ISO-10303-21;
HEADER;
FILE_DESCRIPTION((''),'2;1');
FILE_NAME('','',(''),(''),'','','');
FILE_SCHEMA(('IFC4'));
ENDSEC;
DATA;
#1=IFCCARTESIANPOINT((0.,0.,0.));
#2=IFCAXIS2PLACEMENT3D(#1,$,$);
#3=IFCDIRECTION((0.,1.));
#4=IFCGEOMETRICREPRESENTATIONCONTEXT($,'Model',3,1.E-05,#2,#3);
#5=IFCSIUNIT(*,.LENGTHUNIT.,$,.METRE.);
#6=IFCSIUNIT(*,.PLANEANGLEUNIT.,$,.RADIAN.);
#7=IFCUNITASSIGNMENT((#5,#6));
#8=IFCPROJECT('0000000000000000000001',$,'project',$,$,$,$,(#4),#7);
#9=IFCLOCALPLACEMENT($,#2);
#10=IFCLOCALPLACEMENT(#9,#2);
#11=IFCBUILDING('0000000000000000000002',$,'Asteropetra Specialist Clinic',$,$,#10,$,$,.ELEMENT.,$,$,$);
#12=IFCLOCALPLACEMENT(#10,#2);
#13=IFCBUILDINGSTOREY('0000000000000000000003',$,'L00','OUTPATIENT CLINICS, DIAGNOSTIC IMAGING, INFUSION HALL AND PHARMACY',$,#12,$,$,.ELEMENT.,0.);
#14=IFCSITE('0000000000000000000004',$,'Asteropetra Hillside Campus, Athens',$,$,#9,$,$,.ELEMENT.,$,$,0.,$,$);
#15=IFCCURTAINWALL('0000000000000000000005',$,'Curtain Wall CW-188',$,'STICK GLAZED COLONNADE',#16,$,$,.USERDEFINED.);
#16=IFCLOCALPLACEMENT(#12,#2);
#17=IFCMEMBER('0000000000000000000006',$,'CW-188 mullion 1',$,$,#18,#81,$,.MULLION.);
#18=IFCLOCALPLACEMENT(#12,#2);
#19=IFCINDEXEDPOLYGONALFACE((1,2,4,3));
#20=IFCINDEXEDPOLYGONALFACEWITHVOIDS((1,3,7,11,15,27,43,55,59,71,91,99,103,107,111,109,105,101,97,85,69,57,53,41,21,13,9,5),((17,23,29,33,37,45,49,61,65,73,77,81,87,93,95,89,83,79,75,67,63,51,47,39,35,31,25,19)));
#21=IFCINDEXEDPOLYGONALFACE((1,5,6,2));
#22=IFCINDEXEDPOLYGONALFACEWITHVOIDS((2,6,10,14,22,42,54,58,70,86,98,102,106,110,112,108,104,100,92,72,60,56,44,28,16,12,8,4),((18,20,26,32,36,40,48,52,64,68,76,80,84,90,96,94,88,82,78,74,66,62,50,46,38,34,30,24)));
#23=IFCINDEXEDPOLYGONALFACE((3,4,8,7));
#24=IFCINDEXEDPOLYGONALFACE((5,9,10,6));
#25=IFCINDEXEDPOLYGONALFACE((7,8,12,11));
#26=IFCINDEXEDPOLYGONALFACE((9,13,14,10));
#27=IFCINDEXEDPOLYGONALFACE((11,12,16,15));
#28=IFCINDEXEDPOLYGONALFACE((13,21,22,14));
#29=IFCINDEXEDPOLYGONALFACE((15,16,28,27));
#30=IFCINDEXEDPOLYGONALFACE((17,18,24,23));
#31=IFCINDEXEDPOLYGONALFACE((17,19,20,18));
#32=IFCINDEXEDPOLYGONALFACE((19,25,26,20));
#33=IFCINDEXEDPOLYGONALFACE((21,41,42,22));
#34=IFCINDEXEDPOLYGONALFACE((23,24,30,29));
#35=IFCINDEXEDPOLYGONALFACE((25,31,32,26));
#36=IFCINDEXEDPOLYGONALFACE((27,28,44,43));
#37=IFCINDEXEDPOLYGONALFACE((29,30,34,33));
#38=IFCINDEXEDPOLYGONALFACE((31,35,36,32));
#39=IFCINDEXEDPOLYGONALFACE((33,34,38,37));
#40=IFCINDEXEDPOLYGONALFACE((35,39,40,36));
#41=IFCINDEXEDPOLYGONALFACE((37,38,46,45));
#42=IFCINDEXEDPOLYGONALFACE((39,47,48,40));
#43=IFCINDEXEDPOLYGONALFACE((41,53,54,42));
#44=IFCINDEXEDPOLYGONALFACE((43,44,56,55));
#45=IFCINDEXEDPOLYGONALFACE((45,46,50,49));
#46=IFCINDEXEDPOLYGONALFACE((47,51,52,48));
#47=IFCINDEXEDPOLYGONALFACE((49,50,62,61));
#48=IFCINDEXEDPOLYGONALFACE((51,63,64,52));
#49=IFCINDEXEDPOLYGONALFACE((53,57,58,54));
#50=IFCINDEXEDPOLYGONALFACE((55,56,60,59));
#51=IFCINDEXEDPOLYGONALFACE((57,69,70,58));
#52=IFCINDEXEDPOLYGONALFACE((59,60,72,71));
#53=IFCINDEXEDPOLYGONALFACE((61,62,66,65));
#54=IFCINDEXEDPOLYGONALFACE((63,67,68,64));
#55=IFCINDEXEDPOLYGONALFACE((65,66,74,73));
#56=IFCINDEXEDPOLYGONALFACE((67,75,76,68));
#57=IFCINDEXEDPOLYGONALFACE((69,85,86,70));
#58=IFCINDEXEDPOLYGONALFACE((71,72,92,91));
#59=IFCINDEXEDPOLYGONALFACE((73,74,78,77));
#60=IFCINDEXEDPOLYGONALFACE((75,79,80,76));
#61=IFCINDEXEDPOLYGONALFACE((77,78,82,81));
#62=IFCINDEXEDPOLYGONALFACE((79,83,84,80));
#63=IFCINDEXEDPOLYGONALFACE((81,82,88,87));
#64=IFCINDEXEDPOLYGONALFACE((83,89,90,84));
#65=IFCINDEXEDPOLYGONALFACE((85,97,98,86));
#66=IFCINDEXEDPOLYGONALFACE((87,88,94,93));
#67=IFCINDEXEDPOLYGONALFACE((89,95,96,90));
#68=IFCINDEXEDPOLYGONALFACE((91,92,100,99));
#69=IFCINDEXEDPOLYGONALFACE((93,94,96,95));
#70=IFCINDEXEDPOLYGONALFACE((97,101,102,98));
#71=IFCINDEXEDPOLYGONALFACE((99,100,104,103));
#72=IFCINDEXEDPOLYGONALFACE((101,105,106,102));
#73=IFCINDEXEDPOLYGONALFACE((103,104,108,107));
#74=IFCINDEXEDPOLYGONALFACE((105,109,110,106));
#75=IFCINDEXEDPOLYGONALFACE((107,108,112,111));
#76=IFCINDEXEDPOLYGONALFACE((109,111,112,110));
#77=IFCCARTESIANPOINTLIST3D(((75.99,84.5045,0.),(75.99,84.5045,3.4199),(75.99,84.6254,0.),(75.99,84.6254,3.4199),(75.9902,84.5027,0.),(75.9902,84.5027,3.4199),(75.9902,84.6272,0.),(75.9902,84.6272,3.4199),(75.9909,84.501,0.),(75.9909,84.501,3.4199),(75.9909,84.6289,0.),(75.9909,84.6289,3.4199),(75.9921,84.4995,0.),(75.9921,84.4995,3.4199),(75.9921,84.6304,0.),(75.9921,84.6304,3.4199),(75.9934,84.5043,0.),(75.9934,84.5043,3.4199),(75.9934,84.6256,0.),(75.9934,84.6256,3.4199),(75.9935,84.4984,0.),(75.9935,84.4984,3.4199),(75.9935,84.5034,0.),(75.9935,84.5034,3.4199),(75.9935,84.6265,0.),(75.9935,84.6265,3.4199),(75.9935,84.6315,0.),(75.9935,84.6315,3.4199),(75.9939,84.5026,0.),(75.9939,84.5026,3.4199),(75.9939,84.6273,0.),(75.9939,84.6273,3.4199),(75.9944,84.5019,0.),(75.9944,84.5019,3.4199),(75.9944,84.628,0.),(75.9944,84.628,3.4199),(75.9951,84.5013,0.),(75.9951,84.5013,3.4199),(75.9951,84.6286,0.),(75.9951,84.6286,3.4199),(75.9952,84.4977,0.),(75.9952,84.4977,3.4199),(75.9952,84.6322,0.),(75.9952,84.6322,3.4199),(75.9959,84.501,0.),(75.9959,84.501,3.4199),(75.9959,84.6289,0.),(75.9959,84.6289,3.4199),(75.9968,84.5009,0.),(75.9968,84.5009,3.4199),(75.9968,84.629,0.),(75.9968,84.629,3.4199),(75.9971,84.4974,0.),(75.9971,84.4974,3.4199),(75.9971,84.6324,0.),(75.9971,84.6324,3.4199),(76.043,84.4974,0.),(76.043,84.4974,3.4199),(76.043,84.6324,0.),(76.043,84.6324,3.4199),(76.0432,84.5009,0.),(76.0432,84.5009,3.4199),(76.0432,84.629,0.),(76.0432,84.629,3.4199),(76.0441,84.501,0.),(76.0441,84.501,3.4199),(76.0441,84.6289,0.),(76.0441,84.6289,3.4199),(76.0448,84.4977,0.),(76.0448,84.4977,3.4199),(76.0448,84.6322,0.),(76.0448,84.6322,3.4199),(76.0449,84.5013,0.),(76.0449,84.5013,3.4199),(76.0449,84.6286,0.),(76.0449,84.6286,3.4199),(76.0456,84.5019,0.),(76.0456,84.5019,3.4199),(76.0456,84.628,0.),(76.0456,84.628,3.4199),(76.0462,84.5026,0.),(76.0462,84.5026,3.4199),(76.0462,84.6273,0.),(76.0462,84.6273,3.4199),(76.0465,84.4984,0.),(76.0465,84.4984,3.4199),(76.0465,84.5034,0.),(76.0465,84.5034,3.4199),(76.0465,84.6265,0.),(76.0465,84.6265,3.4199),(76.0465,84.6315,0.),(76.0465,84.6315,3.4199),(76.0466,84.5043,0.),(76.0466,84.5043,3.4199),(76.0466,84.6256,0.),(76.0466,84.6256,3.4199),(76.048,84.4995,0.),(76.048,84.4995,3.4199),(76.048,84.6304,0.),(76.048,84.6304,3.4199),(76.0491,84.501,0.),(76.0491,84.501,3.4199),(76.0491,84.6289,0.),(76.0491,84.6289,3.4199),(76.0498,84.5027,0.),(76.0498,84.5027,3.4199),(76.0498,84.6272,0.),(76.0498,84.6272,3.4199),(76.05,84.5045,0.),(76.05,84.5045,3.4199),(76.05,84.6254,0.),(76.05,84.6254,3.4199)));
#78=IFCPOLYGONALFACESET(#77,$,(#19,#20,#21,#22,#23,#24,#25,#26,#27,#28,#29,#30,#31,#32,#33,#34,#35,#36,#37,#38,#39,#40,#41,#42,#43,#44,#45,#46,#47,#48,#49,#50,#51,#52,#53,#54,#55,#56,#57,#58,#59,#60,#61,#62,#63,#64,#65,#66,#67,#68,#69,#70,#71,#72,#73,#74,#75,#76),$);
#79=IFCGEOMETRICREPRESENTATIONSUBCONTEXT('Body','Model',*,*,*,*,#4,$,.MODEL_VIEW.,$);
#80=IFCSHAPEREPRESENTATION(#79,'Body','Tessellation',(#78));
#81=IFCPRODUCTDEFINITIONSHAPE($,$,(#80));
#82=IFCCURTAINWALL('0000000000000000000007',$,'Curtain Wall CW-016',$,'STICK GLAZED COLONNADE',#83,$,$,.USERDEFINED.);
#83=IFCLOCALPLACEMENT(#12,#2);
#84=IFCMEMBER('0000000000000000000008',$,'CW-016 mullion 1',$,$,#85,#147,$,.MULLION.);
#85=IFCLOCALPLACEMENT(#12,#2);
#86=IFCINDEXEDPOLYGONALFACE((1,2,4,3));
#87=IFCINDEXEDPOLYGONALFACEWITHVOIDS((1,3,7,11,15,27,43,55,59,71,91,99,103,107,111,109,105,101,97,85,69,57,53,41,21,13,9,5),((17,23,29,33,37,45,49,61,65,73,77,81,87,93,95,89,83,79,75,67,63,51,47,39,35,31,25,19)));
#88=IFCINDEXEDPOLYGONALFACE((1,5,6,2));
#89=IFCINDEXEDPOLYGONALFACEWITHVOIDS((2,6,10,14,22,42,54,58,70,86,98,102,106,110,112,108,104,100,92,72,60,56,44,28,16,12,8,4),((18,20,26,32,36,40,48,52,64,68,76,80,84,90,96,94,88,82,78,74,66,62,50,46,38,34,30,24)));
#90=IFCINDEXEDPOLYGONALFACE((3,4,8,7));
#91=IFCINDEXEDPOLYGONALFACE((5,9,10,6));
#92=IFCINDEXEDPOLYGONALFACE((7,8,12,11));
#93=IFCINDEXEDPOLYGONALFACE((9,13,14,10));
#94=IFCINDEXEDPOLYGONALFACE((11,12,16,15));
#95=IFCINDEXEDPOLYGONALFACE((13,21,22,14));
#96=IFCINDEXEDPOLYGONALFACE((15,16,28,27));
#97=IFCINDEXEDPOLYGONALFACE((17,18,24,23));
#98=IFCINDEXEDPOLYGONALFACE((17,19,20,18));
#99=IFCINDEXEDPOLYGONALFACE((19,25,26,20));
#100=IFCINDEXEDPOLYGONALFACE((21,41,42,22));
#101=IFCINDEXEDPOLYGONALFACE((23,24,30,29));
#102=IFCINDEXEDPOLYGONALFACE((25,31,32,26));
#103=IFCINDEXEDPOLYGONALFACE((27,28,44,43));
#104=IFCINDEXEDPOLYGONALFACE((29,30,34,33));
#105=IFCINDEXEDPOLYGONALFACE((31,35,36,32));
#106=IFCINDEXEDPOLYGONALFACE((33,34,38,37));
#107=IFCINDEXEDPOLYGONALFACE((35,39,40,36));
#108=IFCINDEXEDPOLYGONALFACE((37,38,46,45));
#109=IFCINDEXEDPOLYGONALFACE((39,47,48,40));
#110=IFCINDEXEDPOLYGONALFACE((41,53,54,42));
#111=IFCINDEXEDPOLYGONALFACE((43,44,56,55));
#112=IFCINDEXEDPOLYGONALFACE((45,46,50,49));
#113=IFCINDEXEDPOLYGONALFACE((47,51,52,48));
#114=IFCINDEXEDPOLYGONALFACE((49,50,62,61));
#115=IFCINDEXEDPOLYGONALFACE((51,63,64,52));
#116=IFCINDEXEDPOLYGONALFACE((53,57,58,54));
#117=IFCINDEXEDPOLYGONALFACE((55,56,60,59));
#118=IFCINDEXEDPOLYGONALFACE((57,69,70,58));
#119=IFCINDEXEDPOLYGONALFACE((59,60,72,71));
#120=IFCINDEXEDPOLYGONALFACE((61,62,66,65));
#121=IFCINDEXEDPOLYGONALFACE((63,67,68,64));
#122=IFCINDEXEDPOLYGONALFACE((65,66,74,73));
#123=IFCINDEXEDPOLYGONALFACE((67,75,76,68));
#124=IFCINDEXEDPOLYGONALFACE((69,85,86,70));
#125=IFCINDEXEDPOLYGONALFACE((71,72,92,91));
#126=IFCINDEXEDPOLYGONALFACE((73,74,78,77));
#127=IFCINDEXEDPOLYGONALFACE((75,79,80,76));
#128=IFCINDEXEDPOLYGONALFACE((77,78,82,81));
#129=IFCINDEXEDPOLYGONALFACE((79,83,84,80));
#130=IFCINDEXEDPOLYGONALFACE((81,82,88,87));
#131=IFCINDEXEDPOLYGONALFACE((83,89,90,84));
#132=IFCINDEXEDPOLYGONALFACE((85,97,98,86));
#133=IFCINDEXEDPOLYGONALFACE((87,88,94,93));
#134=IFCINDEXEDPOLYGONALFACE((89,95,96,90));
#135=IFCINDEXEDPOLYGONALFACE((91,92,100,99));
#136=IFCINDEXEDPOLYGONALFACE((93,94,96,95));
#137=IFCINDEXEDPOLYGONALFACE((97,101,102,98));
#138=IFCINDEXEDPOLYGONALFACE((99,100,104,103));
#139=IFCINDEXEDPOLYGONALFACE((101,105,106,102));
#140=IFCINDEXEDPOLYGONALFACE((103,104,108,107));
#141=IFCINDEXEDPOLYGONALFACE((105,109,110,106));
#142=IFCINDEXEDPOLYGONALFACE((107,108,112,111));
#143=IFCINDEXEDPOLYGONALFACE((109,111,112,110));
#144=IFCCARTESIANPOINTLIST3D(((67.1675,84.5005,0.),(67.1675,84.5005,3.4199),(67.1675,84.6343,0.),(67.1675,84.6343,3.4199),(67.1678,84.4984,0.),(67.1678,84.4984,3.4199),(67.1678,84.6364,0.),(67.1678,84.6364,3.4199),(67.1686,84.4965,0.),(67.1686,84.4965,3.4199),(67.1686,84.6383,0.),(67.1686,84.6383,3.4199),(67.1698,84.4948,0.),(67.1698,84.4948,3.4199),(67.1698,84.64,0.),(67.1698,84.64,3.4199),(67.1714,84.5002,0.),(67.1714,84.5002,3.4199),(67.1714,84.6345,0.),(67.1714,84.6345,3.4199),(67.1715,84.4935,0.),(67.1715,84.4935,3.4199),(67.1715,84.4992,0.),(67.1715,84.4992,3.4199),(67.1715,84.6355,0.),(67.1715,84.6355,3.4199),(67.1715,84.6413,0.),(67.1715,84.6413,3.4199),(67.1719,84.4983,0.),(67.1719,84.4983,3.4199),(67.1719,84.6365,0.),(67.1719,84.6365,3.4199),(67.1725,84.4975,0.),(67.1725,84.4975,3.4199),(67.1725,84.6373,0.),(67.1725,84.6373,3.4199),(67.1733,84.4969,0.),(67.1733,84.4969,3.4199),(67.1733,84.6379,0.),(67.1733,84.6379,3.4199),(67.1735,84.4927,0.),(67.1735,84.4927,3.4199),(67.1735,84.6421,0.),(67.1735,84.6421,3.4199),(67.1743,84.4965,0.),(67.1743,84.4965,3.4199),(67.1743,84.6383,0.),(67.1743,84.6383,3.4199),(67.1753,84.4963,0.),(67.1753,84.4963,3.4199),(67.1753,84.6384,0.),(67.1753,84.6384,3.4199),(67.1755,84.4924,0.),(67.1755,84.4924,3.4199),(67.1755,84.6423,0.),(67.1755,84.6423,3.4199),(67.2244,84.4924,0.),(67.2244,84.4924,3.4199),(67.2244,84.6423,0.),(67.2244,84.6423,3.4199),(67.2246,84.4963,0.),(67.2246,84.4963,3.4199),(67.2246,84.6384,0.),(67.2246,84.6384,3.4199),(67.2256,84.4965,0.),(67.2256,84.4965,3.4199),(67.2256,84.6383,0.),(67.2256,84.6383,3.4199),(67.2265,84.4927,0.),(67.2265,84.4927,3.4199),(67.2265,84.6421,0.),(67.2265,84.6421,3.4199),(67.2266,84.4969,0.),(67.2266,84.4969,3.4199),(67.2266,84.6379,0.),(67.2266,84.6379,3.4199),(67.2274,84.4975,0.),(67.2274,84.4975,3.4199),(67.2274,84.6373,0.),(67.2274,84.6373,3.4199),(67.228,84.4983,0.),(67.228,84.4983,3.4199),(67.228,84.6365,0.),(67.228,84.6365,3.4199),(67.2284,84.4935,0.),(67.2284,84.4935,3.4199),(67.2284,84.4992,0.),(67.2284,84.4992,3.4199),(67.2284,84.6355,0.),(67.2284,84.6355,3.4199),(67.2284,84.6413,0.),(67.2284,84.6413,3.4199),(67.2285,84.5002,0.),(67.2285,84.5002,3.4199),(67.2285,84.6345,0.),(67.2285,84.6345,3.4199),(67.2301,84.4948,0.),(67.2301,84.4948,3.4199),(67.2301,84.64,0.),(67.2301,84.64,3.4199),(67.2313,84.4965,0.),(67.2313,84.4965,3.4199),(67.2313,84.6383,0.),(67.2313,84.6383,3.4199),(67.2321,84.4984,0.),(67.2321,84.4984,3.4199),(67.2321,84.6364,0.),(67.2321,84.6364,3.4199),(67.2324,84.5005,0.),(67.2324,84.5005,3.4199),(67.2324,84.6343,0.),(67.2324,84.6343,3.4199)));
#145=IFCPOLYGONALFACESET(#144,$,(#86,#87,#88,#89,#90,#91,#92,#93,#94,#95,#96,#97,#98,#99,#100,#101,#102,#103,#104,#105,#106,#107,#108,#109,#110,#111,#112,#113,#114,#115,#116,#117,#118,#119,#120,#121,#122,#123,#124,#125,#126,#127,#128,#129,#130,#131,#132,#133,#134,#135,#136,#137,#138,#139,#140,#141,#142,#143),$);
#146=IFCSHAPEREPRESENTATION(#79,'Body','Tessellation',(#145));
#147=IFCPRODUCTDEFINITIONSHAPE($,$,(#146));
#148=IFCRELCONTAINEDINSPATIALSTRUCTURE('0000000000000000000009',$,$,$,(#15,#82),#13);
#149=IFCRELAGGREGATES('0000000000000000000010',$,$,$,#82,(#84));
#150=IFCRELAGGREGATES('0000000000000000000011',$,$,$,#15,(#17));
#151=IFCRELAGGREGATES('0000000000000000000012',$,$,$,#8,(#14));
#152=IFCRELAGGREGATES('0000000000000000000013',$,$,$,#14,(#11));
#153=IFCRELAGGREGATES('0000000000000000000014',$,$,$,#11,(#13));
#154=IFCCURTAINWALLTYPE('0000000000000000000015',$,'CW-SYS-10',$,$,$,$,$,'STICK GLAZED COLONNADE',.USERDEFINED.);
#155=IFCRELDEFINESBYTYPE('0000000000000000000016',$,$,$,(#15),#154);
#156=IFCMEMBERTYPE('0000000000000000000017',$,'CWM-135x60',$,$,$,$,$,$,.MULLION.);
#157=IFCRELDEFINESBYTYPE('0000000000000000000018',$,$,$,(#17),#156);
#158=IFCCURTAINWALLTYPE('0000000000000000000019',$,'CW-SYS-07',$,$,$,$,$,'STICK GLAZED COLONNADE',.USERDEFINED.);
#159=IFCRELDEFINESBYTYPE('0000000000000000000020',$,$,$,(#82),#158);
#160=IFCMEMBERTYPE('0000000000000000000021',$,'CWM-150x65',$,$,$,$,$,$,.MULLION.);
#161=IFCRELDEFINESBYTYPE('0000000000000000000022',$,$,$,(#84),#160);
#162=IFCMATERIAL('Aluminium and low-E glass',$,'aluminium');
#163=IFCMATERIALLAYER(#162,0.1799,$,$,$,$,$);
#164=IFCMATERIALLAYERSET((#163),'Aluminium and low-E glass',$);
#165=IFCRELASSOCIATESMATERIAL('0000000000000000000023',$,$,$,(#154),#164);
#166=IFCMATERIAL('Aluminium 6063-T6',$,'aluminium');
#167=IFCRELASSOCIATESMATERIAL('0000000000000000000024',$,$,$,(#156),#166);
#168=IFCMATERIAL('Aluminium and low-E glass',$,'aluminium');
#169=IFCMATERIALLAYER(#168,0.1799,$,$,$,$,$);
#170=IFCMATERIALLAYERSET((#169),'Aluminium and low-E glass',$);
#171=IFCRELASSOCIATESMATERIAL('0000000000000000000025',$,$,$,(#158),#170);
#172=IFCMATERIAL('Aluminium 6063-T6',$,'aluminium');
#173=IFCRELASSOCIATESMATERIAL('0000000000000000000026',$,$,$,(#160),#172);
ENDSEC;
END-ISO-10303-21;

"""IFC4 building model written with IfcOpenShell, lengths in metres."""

from ifc_helpers import new_model, si_unit, direction, frame, origin, origin_2d, place, context, subcontext, project, spatial, hollow_rectangle, extrude, material, layer, layer_set, material_profile, profile_set, type_object, element, aggregate, save


model = new_model("IFC4")

# Units and contexts
model_context = context("Model", 3, precision=1e-05, world=origin(), true_north=direction((0.0, 1.0)))
body_context = subcontext(model_context, "Body", "Model", "MODEL_VIEW")
ifc_project = project(units=[si_unit("LENGTHUNIT", "METRE"), si_unit("PLANEANGLEUNIT", "RADIAN")], contexts=[model_context])

# Site, building, storey
site_placement = place(None, origin())
site = spatial("IfcSite", under=ifc_project, at=site_placement, Name="Asteropetra Hillside Campus, Athens", CompositionType="ELEMENT", RefElevation=0.0)
building_placement = place(site_placement, origin())
building = spatial("IfcBuilding", under=site, at=building_placement, Name="Asteropetra Specialist Clinic", CompositionType="ELEMENT")
storey_placement = place(building_placement, origin())
storey = spatial("IfcBuildingStorey", under=building, at=storey_placement, Name="L00", Description="OUTPATIENT CLINICS, DIAGNOSTIC IMAGING, INFUSION HALL AND PHARMACY", CompositionType="ELEMENT", Elevation=0.0)

# Curtain walls, members
ifc_material_1 = material(Name="Aluminium and low-E glass", Category="aluminium")
ifc_layer_1 = layer(ifc_material_1, 0.1799)
ifc_layer_set_1 = layer_set([ifc_layer_1], Name="Aluminium and low-E glass")
curtain_wall_type_1 = type_object("IfcCurtainWallType", Name="CW-SYS-10", ElementType="STICK GLAZED COLONNADE", PredefinedType="USERDEFINED", material=ifc_layer_set_1)
curtain_wall_1_placement = place(storey_placement, origin())
curtain_wall_1 = element("IfcCurtainWall", 1, at=curtain_wall_1_placement, inside=storey, type_object=curtain_wall_type_1, Name="Curtain Wall CW-188", ObjectType="STICK GLAZED COLONNADE", PredefinedType="USERDEFINED")
ifc_material_2 = material(Name="Aluminium 6063-T6", Category="aluminium")
ifc_material_profile_1 = material_profile(ifc_material_2, hollow_rectangle(XDim=0.0601, YDim=0.135, WallThickness=0.0034, InnerFilletRadius=0.0034, OuterFilletRadius=0.0071, at=origin_2d()), Name="MUL 135x60x3.5")
ifc_profile_set_1 = profile_set([ifc_material_profile_1], Name="Aluminium 6063-T6")
member_type_1 = type_object("IfcMemberType", Name="CWM-135x60", PredefinedType="MULLION", material=ifc_profile_set_1)
member_1_placement = place(storey_placement, frame((76.02, 84.5649, 0.0), z_axis=(0.0, 0.0, 1.0), x_axis=(-1.0, 0.0, 0.0)))
member_1 = element("IfcMember", 2, at=member_1_placement, type_object=member_type_1, Name="CW-188 mullion 1", PredefinedType="MULLION", context=body_context, shape_type="SweptSolid", body=[
    extrude(hollow_rectangle(XDim=0.0601, YDim=0.135, WallThickness=0.0034, InnerFilletRadius=0.0034, OuterFilletRadius=0.0071, at=origin_2d()), origin(), (0.0, 0.0, 1.0), 3.4199),
])
ifc_material_3 = material(Name="Aluminium and low-E glass", Category="aluminium")
ifc_layer_2 = layer(ifc_material_3, 0.1799)
ifc_layer_set_2 = layer_set([ifc_layer_2], Name="Aluminium and low-E glass")
curtain_wall_type_2 = type_object("IfcCurtainWallType", Name="CW-SYS-07", ElementType="STICK GLAZED COLONNADE", PredefinedType="USERDEFINED", material=ifc_layer_set_2)
curtain_wall_2_placement = place(storey_placement, origin())
curtain_wall_2 = element("IfcCurtainWall", 3, at=curtain_wall_2_placement, inside=storey, type_object=curtain_wall_type_2, Name="Curtain Wall CW-016", ObjectType="STICK GLAZED COLONNADE", PredefinedType="USERDEFINED")
ifc_material_4 = material(Name="Aluminium 6063-T6", Category="aluminium")
ifc_material_profile_2 = material_profile(ifc_material_4, hollow_rectangle(XDim=0.0649, YDim=0.1499, WallThickness=0.0039, InnerFilletRadius=0.0039, OuterFilletRadius=0.0081, at=origin_2d()), Name="MUL 150x65x4.0")
ifc_profile_set_2 = profile_set([ifc_material_profile_2], Name="Aluminium 6063-T6")
member_type_2 = type_object("IfcMemberType", Name="CWM-150x65", PredefinedType="MULLION", material=ifc_profile_set_2)
member_2_placement = place(storey_placement, frame((67.2, 84.5674, 0.0), z_axis=(0.0, 0.0, 1.0), x_axis=(-1.0, 0.0, 0.0)))
member_2 = element("IfcMember", 4, at=member_2_placement, type_object=member_type_2, Name="CW-016 mullion 1", PredefinedType="MULLION", context=body_context, shape_type="SweptSolid", body=[
    extrude(hollow_rectangle(XDim=0.0649, YDim=0.1499, WallThickness=0.0039, InnerFilletRadius=0.0039, OuterFilletRadius=0.0081, at=origin_2d()), origin(), (0.0, 0.0, 1.0), 3.4199),
])

aggregate(curtain_wall_2, [member_2])
aggregate(curtain_wall_1, [member_1])

save(model, "model.ifc")
